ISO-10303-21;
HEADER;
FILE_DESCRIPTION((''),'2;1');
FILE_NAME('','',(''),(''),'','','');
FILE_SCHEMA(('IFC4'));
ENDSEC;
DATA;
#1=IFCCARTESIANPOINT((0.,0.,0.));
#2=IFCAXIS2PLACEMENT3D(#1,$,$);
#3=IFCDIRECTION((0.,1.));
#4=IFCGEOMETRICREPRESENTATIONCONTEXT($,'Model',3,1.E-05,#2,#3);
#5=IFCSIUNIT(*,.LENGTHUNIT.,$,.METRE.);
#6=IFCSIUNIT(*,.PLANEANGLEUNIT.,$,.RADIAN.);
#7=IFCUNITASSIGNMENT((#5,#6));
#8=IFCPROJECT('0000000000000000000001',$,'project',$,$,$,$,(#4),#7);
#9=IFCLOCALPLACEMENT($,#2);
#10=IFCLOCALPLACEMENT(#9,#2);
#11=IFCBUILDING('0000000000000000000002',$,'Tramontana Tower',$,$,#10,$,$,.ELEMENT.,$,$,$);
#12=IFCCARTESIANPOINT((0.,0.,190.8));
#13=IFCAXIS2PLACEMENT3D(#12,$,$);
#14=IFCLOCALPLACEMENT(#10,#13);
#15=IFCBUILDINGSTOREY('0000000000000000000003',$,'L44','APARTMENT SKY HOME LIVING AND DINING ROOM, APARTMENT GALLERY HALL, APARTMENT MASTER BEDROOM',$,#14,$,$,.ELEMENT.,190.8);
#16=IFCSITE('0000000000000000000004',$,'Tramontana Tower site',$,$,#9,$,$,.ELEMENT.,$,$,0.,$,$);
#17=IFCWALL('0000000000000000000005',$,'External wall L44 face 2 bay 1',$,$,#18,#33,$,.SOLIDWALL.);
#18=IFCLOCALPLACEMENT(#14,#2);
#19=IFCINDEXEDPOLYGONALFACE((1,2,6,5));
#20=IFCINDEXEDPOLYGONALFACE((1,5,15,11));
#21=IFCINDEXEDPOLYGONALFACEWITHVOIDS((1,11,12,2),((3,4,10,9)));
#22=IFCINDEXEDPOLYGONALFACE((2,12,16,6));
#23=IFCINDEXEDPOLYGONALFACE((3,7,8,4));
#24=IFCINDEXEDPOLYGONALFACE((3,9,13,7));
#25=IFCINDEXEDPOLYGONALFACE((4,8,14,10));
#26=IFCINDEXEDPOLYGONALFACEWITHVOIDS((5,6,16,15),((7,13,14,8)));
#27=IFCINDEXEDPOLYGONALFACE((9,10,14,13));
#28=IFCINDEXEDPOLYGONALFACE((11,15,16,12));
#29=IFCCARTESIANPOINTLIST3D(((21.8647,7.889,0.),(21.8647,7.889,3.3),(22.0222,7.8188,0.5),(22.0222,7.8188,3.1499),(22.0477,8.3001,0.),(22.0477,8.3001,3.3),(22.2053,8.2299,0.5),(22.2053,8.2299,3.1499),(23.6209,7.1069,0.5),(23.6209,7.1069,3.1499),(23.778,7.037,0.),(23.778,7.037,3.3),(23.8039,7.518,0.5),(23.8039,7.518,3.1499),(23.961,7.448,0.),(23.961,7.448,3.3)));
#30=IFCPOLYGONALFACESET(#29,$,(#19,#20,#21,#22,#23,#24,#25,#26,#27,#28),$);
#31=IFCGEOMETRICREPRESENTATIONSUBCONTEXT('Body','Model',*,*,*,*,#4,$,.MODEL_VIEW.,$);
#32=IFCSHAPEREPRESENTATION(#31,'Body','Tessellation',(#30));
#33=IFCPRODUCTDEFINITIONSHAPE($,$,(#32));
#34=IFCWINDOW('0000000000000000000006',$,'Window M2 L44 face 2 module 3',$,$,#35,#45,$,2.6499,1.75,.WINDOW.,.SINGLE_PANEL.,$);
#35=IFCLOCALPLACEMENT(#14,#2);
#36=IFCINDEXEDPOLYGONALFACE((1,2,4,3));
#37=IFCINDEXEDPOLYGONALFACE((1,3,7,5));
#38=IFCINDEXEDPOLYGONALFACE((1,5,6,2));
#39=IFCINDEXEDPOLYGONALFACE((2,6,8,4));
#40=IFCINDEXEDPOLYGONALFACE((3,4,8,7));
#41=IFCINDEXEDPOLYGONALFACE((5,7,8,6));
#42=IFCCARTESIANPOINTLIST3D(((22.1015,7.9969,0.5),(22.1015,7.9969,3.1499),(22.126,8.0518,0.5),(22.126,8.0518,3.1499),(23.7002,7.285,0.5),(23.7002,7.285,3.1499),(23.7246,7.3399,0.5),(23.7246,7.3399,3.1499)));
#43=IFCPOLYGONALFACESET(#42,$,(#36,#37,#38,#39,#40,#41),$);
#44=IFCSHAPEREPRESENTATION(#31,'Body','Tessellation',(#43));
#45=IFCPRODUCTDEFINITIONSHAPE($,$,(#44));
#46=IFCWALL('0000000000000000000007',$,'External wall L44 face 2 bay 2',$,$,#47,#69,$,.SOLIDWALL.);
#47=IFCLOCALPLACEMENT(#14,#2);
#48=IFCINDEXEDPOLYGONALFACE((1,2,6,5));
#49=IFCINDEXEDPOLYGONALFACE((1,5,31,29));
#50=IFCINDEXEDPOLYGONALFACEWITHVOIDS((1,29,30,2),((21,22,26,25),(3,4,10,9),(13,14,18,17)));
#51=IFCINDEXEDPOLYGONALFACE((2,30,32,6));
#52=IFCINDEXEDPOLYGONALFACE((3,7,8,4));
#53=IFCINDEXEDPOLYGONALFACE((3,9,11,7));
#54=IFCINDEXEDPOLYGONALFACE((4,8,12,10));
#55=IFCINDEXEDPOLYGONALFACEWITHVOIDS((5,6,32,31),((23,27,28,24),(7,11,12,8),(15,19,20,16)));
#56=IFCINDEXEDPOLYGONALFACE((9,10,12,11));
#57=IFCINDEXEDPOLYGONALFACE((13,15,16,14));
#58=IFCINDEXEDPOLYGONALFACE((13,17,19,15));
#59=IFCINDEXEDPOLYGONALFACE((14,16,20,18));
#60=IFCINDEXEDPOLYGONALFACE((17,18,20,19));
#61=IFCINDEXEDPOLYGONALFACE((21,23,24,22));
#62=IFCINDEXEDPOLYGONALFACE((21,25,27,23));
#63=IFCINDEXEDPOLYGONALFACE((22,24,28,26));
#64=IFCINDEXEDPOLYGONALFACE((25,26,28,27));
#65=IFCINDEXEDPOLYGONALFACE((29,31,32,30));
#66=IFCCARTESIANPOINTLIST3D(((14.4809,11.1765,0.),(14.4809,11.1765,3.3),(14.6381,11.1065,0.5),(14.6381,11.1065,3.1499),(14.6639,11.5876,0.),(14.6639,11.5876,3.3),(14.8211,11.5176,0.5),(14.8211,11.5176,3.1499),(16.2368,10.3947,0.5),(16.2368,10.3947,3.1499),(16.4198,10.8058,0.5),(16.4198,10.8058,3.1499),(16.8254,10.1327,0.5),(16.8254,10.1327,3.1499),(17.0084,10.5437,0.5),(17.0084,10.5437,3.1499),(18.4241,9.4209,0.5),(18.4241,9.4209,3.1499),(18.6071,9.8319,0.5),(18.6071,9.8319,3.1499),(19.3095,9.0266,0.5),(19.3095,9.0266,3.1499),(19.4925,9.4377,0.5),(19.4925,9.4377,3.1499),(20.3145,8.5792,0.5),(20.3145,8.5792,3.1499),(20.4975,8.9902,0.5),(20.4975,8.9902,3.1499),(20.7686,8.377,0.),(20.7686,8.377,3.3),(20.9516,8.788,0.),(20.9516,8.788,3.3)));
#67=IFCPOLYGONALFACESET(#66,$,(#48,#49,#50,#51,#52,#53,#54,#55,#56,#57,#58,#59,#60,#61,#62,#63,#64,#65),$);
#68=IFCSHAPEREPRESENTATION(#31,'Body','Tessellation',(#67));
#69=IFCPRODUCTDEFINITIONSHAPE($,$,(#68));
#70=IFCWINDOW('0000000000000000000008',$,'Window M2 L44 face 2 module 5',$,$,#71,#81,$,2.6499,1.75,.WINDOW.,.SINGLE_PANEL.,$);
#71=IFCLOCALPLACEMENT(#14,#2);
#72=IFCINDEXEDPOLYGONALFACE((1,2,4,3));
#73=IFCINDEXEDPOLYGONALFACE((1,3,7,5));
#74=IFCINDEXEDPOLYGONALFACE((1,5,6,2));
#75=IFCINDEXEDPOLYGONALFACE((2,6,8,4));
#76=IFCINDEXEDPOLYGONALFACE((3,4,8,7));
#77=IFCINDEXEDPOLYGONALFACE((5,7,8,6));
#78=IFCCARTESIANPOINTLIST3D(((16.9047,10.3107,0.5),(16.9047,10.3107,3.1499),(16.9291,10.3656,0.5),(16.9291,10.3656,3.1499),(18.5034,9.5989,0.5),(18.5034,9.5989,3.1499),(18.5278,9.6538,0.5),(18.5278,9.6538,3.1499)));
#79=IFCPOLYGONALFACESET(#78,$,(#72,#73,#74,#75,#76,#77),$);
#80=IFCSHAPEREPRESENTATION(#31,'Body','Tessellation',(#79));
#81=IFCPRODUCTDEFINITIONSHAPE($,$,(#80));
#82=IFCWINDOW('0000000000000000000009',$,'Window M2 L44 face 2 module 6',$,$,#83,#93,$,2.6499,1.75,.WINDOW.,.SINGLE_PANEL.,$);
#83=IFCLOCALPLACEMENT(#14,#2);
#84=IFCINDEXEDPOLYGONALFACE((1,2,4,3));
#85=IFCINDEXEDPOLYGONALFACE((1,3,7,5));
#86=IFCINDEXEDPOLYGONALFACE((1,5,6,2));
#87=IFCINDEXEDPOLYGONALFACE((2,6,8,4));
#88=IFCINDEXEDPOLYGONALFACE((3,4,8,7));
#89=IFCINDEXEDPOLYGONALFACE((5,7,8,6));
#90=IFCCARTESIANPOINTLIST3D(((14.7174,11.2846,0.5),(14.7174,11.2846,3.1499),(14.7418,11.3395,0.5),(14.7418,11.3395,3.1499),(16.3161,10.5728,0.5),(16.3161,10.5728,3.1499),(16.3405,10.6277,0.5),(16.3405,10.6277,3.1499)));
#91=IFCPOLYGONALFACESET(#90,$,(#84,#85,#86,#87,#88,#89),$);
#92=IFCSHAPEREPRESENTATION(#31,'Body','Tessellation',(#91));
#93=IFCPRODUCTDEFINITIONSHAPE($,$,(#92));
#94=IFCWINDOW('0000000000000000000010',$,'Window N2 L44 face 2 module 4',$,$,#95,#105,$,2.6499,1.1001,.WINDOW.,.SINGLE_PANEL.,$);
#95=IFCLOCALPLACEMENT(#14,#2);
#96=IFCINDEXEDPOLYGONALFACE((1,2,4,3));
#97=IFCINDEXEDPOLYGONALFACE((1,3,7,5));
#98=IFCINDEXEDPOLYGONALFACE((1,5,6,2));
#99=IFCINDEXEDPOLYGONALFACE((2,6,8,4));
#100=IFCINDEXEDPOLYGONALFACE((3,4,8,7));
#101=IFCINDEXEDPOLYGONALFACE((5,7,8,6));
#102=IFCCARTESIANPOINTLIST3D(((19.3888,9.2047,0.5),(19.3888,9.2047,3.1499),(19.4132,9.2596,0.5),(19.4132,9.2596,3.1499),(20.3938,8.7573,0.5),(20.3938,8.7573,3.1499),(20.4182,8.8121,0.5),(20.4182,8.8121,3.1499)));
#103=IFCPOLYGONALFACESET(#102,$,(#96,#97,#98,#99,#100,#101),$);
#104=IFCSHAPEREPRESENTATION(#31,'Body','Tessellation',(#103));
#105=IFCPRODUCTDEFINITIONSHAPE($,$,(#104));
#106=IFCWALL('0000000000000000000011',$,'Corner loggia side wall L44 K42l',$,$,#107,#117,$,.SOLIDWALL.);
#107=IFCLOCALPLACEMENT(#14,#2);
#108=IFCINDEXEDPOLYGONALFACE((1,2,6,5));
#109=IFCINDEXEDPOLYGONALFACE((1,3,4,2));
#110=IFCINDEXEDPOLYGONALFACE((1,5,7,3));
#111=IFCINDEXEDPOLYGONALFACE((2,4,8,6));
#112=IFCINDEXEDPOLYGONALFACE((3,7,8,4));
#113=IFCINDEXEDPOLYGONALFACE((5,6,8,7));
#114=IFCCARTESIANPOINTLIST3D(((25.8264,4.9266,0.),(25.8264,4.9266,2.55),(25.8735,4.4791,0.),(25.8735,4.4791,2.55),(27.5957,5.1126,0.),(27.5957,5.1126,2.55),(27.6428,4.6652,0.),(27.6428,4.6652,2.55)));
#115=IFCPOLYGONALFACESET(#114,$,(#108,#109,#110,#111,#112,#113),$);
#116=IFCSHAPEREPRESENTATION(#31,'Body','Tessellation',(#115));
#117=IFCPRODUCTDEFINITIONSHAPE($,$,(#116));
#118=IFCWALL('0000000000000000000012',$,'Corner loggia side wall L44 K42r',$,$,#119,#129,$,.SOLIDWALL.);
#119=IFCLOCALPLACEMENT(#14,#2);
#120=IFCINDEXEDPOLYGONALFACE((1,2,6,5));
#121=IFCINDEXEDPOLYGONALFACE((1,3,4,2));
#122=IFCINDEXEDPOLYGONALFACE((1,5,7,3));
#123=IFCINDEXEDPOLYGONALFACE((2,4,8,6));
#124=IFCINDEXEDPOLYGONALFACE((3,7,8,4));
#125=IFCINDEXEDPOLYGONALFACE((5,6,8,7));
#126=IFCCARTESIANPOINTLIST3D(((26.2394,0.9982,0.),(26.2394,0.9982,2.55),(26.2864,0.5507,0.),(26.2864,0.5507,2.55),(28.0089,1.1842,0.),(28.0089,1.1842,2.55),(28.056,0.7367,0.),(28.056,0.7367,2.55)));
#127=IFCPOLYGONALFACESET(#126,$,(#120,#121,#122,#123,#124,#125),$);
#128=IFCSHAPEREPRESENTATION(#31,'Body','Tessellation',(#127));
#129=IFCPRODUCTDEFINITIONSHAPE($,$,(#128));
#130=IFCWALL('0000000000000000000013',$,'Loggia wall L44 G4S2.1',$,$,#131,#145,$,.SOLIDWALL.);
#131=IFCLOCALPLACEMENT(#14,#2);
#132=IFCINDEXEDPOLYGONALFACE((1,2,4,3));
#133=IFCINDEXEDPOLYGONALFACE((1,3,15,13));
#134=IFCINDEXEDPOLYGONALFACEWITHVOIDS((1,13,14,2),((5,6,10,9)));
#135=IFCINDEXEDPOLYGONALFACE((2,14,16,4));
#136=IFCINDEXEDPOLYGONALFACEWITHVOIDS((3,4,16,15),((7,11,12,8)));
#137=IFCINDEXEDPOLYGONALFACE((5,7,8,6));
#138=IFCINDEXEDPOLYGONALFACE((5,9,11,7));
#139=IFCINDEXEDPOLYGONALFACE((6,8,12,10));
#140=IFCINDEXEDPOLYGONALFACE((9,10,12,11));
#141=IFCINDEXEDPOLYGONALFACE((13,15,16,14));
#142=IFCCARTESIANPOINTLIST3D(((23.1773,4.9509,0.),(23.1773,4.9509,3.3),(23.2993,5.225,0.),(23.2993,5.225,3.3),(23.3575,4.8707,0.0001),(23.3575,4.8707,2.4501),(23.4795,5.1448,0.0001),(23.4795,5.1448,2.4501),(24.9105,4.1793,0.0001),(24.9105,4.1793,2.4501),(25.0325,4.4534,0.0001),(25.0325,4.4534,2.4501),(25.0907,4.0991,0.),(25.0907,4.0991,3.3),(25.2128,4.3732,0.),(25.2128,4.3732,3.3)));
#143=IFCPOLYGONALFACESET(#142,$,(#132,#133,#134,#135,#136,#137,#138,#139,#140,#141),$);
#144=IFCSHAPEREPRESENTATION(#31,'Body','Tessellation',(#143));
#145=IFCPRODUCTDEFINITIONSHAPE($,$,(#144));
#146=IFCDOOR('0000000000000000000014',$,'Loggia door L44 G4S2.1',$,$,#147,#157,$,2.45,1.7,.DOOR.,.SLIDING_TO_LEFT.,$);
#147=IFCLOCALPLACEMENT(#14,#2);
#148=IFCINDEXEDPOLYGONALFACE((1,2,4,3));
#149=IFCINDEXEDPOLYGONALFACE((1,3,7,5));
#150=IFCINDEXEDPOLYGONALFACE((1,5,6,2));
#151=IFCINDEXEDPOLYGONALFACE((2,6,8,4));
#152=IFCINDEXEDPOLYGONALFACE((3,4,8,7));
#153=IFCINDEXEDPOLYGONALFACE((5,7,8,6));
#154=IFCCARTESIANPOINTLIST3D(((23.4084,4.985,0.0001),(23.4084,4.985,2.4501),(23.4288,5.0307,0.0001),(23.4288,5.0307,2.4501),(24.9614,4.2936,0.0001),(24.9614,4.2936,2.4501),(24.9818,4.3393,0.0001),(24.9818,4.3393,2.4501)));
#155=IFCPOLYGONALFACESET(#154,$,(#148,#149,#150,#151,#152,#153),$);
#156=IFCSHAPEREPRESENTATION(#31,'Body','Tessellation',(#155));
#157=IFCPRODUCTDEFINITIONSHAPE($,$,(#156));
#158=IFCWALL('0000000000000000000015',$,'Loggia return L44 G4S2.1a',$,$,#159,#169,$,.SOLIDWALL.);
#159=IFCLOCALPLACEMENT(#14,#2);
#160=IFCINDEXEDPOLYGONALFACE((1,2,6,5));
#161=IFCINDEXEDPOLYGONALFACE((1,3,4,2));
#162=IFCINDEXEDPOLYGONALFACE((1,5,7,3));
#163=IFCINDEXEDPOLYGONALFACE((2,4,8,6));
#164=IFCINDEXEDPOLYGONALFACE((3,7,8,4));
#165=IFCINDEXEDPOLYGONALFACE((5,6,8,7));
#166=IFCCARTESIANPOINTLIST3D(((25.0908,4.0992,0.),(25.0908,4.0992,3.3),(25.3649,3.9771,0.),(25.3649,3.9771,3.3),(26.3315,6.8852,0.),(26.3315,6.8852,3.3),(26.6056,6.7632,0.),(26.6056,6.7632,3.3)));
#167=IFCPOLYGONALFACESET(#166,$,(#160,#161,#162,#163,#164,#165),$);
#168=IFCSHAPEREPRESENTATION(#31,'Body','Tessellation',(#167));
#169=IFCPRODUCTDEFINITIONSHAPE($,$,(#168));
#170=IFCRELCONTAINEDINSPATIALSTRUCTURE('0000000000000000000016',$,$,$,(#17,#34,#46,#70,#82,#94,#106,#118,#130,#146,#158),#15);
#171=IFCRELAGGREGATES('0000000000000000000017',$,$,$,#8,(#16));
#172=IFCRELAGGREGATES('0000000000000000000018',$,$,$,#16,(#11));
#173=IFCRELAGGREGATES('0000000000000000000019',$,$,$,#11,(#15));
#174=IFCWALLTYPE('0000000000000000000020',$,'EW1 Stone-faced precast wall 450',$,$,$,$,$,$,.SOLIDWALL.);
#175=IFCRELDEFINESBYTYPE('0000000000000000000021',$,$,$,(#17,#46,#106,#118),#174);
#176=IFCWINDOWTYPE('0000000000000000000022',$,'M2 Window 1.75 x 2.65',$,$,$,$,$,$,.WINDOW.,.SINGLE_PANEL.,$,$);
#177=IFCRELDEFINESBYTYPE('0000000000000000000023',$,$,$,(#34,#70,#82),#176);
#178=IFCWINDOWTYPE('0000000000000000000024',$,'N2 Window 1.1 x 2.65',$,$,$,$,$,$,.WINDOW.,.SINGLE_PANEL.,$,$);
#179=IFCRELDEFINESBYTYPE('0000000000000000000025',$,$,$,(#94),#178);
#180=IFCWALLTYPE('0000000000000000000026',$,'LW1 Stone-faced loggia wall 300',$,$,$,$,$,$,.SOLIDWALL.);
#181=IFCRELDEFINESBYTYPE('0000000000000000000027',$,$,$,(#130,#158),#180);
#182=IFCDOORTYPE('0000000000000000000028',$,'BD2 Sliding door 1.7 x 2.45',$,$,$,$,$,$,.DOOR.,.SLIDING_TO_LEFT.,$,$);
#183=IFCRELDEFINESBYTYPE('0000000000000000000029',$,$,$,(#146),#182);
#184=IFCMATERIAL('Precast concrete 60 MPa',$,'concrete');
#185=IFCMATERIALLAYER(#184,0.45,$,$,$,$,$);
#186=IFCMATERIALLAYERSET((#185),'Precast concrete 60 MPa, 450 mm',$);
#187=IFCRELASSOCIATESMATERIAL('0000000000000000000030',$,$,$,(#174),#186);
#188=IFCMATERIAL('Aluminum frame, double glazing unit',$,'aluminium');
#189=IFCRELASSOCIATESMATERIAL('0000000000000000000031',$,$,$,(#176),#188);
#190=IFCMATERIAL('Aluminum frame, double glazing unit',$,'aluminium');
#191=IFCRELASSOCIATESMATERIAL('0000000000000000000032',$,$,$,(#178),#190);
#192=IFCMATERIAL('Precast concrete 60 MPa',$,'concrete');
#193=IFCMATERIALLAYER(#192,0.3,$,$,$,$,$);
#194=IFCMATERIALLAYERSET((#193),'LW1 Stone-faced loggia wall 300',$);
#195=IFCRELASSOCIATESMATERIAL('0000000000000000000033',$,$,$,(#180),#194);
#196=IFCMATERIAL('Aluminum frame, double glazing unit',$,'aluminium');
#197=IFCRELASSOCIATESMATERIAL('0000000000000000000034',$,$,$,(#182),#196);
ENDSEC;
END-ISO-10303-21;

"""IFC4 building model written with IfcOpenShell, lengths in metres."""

from ifc_helpers import new_model, si_unit, direction, frame, frame_2d, origin, place, context, subcontext, project, spatial, rectangle, extrude, material, layer, layer_set, type_object, element, fill, save


model = new_model("IFC4")

# Units and contexts
model_context = context("Model", 3, precision=1e-05, world=origin(), true_north=direction((0.0, 1.0)))
body_context = subcontext(model_context, "Body", "Model", "MODEL_VIEW")
ifc_project = project(units=[si_unit("LENGTHUNIT", "METRE"), si_unit("PLANEANGLEUNIT", "RADIAN")], contexts=[model_context])

# Site, building, storey
site_placement = place(None, origin())
site = spatial("IfcSite", under=ifc_project, at=site_placement, Name="Tramontana Tower site", CompositionType="ELEMENT", RefElevation=0.0)
building_placement = place(site_placement, origin())
building = spatial("IfcBuilding", under=site, at=building_placement, Name="Tramontana Tower", CompositionType="ELEMENT")
storey_placement = place(building_placement, frame((0.0, 0.0, 190.8)))
storey = spatial("IfcBuildingStorey", under=building, at=storey_placement, Name="L44", Description="APARTMENT SKY HOME LIVING AND DINING ROOM, APARTMENT GALLERY HALL, APARTMENT MASTER BEDROOM", CompositionType="ELEMENT", Elevation=190.8)

# Wall, opening, window
ifc_material_1 = material(Name="Precast concrete 60 MPa", Category="concrete")
ifc_layer_1 = layer(ifc_material_1, 0.45)
ifc_layer_set_1 = layer_set([ifc_layer_1], Name="Precast concrete 60 MPa, 450 mm")
wall_type_1 = type_object("IfcWallType", Name="EW1 Stone-faced precast wall 450", PredefinedType="SOLIDWALL", material=ifc_layer_set_1)
wall_1_placement = place(storey_placement, frame((23.8696, 7.2424, 0.0), z_axis=(0.0, 0.0, 1.0), x_axis=(-0.913513, 0.406809, 0.0)))
wall_1 = element("IfcWall", 1, at=wall_1_placement, inside=storey, type_object=wall_type_1, Name="External wall L44 face 2 bay 1", PredefinedType="SOLIDWALL", context=body_context, shape_type="SweptSolid", body=[
    extrude(rectangle(XDim=2.0945, YDim=0.45, at=frame_2d((1.0474, 0.0))), origin(), (0.0, 0.0, 1.0), 3.3),
])
opening_1_placement = place(wall_1_placement, frame((0.1721, 0.0, 0.5)))
opening_1 = element("IfcOpeningElement", 2, at=opening_1_placement, cuts=wall_1, PredefinedType="OPENING", context=body_context, shape_type="SweptSolid", body=[
    extrude(rectangle(XDim=1.75, YDim=2.6499, at=frame_2d((0.875, 1.325))), frame((0.0, 0.2349, 0.0), z_axis=(0.0, -1.0, 0.0), x_axis=(1.0, 0.0, 0.0)), (0.0, 0.0, 1.0), 0.47),
])
ifc_material_2 = material(Name="Aluminum frame, double glazing unit", Category="aluminium")
window_type_1 = type_object("IfcWindowType", Name="M2 Window 1.75 x 2.65", PartitioningType="SINGLE_PANEL", PredefinedType="WINDOW", material=ifc_material_2)
window_1_placement = place(opening_1_placement, origin())
window_1 = element("IfcWindow", 3, at=window_1_placement, inside=storey, type_object=window_type_1, Name="Window M2 L44 face 2 module 3", OverallHeight=2.6499, OverallWidth=1.75, PartitioningType="SINGLE_PANEL", PredefinedType="WINDOW", context=body_context, shape_type="SweptSolid", body=[
    extrude(rectangle(XDim=1.75, YDim=2.6499, at=frame_2d((0.875, 1.325))), frame((0.0, 0.03, 0.0), z_axis=(0.0, -1.0, 0.0), x_axis=(1.0, 0.0, 0.0)), (0.0, 0.0, 1.0), 0.0601),
])
fill(opening_1, window_1)

# Wall, openings, windows
wall_2_placement = place(storey_placement, frame((20.8601, 8.5825, 0.0), z_axis=(0.0, 0.0, 1.0), x_axis=(-0.913544, 0.406741, 0.0)))
wall_2 = element("IfcWall", 4, at=wall_2_placement, inside=storey, type_object=wall_type_1, Name="External wall L44 face 2 bay 2", PredefinedType="SOLIDWALL", context=body_context, shape_type="SweptSolid", body=[
    extrude(rectangle(XDim=6.8828, YDim=0.45, at=frame_2d((3.4414, 0.0))), origin(), (0.0, 0.0, 1.0), 3.3),
])
opening_2_placement = place(wall_2_placement, frame((0.4971, 0.0, 0.5)))
opening_2 = element("IfcOpeningElement", 5, at=opening_2_placement, cuts=wall_2, PredefinedType="OPENING", context=body_context, shape_type="SweptSolid", body=[
    extrude(rectangle(XDim=1.1001, YDim=2.6499, at=frame_2d((0.55, 1.325))), frame((0.0, 0.2349, 0.0), z_axis=(0.0, -1.0, 0.0), x_axis=(1.0, 0.0, 0.0)), (0.0, 0.0, 1.0), 0.47),
])
opening_3_placement = place(wall_2_placement, frame((2.5664, 0.0, 0.5)))
opening_3 = element("IfcOpeningElement", 6, at=opening_3_placement, cuts=wall_2, PredefinedType="OPENING", context=body_context, shape_type="SweptSolid", body=[
    extrude(rectangle(XDim=1.75, YDim=2.6499, at=frame_2d((0.875, 1.325))), frame((0.0, 0.2349, 0.0), z_axis=(0.0, -1.0, 0.0), x_axis=(1.0, 0.0, 0.0)), (0.0, 0.0, 1.0), 0.47),
])
opening_4_placement = place(wall_2_placement, frame((4.9607, 0.0, 0.5)))
opening_4 = element("IfcOpeningElement", 7, at=opening_4_placement, cuts=wall_2, PredefinedType="OPENING", context=body_context, shape_type="SweptSolid", body=[
    extrude(rectangle(XDim=1.75, YDim=2.6499, at=frame_2d((0.875, 1.325))), frame((0.0, 0.2349, 0.0), z_axis=(0.0, -1.0, 0.0), x_axis=(1.0, 0.0, 0.0)), (0.0, 0.0, 1.0), 0.47),
])
window_2_placement = place(opening_3_placement, origin())
window_2 = element("IfcWindow", 8, at=window_2_placement, inside=storey, type_object=window_type_1, Name="Window M2 L44 face 2 module 5", OverallHeight=2.6499, OverallWidth=1.75, PartitioningType="SINGLE_PANEL", PredefinedType="WINDOW", context=body_context, shape_type="SweptSolid", body=[
    extrude(rectangle(XDim=1.75, YDim=2.6499, at=frame_2d((0.875, 1.325))), frame((0.0, 0.03, 0.0), z_axis=(0.0, -1.0, 0.0), x_axis=(1.0, 0.0, 0.0)), (0.0, 0.0, 1.0), 0.0601),
])
fill(opening_3, window_2)
window_3_placement = place(opening_4_placement, origin())
window_3 = element("IfcWindow", 9, at=window_3_placement, inside=storey, type_object=window_type_1, Name="Window M2 L44 face 2 module 6", OverallHeight=2.6499, OverallWidth=1.75, PartitioningType="SINGLE_PANEL", PredefinedType="WINDOW", context=body_context, shape_type="SweptSolid", body=[
    extrude(rectangle(XDim=1.75, YDim=2.6499, at=frame_2d((0.875, 1.325))), frame((0.0, 0.03, 0.0), z_axis=(0.0, -1.0, 0.0), x_axis=(1.0, 0.0, 0.0)), (0.0, 0.0, 1.0), 0.0601),
])
fill(opening_4, window_3)
ifc_material_3 = material(Name="Aluminum frame, double glazing unit", Category="aluminium")
window_type_2 = type_object("IfcWindowType", Name="N2 Window 1.1 x 2.65", PartitioningType="SINGLE_PANEL", PredefinedType="WINDOW", material=ifc_material_3)
window_4_placement = place(opening_2_placement, origin())
window_4 = element("IfcWindow", 10, at=window_4_placement, inside=storey, type_object=window_type_2, Name="Window N2 L44 face 2 module 4", OverallHeight=2.6499, OverallWidth=1.1001, PartitioningType="SINGLE_PANEL", PredefinedType="WINDOW", context=body_context, shape_type="SweptSolid", body=[
    extrude(rectangle(XDim=1.1001, YDim=2.6499, at=frame_2d((0.55, 1.325))), frame((0.0, 0.03, 0.0), z_axis=(0.0, -1.0, 0.0), x_axis=(1.0, 0.0, 0.0)), (0.0, 0.0, 1.0), 0.0601),
])
fill(opening_2, window_4)

# Walls
wall_3_placement = place(storey_placement, frame((27.6194, 4.8889, 0.0), z_axis=(0.0, 0.0, 1.0), x_axis=(-0.994517, -0.10457, 0.0)))
element("IfcWall", 11, at=wall_3_placement, inside=storey, type_object=wall_type_1, Name="Corner loggia side wall L44 K42l", PredefinedType="SOLIDWALL", context=body_context, shape_type="SweptSolid", body=[
    extrude(rectangle(XDim=1.7791, YDim=0.45, at=frame_2d((0.8896, 0.0))), origin(), (0.0, 0.0, 1.0), 2.55),
])
wall_4_placement = place(storey_placement, frame((28.0325, 0.9604, 0.0), z_axis=(0.0, 0.0, 1.0), x_axis=(-0.994519, -0.104556, 0.0)))
element("IfcWall", 12, at=wall_4_placement, inside=storey, type_object=wall_type_1, Name="Corner loggia side wall L44 K42r", PredefinedType="SOLIDWALL", context=body_context, shape_type="SweptSolid", body=[
    extrude(rectangle(XDim=1.7793, YDim=0.45, at=frame_2d((0.8896, 0.0))), origin(), (0.0, 0.0, 1.0), 2.55),
])

# Wall, opening, door
ifc_material_4 = material(Name="Precast concrete 60 MPa", Category="concrete")
ifc_layer_2 = layer(ifc_material_4, 0.3)
ifc_layer_set_2 = layer_set([ifc_layer_2], Name="LW1 Stone-faced loggia wall 300")
wall_type_2 = type_object("IfcWallType", Name="LW1 Stone-faced loggia wall 300", PredefinedType="SOLIDWALL", material=ifc_layer_set_2)
wall_5_placement = place(storey_placement, frame((25.1519, 4.2361, 0.0), z_axis=(0.0, 0.0, 1.0), x_axis=(-0.913557, 0.406712, 0.0)))
wall_5 = element("IfcWall", 13, at=wall_5_placement, inside=storey, type_object=wall_type_2, Name="Loggia wall L44 G4S2.1", PredefinedType="SOLIDWALL", context=body_context, shape_type="SweptSolid", body=[
    extrude(rectangle(XDim=2.0945, YDim=0.3, at=frame_2d((1.0474, 0.0))), origin(), (0.0, 0.0, 1.0), 3.3),
])
opening_5_placement = place(wall_5_placement, frame((0.1973, 0.0, 0.0)))
opening_5 = element("IfcOpeningElement", 14, at=opening_5_placement, cuts=wall_5, PredefinedType="OPENING", context=body_context, shape_type="SweptSolid", body=[
    extrude(rectangle(XDim=1.7, YDim=2.45, at=frame_2d((0.8501, 1.2251))), frame((0.0, 0.1599, 0.0), z_axis=(0.0, -1.0, 0.0), x_axis=(1.0, 0.0, 0.0)), (0.0, 0.0, 1.0), 0.3201),
])
ifc_material_5 = material(Name="Aluminum frame, double glazing unit", Category="aluminium")
door_type_1 = type_object("IfcDoorType", Name="BD2 Sliding door 1.7 x 2.45", OperationType="SLIDING_TO_LEFT", PredefinedType="DOOR", material=ifc_material_5)
door_1_placement = place(opening_5_placement, origin())
door_1 = element("IfcDoor", 15, at=door_1_placement, inside=storey, type_object=door_type_1, Name="Loggia door L44 G4S2.1", OperationType="SLIDING_TO_LEFT", OverallHeight=2.45, OverallWidth=1.7, PredefinedType="DOOR", context=body_context, shape_type="SweptSolid", body=[
    extrude(rectangle(XDim=1.7, YDim=2.45, at=frame_2d((0.8501, 1.2251))), frame((0.0, 0.0249, 0.0), z_axis=(0.0, -1.0, 0.0), x_axis=(1.0, 0.0, 0.0)), (0.0, 0.0, 1.0), 0.05),
])
fill(opening_5, door_1)

# Wall
for number, where, z_axis, x_axis, name in (
    (16, (26.4685, 6.8242, 0.0), (0.0, 0.0, 1.0), (-0.406807, -0.913514, 0.0), "Loggia return L44 G4S2.1a"),
):
    element("IfcWall", number, at=place(storey_placement, frame(where, z_axis=z_axis, x_axis=x_axis)), inside=storey, type_object=wall_type_2, Name=name, PredefinedType="SOLIDWALL", context=body_context, shape_type="SweptSolid", body=[
        extrude(rectangle(XDim=3.0498, YDim=0.3, at=frame_2d((1.5249, 0.0))), origin(), (0.0, 0.0, 1.0), 3.3),
    ])

save(model, "model.ifc")
